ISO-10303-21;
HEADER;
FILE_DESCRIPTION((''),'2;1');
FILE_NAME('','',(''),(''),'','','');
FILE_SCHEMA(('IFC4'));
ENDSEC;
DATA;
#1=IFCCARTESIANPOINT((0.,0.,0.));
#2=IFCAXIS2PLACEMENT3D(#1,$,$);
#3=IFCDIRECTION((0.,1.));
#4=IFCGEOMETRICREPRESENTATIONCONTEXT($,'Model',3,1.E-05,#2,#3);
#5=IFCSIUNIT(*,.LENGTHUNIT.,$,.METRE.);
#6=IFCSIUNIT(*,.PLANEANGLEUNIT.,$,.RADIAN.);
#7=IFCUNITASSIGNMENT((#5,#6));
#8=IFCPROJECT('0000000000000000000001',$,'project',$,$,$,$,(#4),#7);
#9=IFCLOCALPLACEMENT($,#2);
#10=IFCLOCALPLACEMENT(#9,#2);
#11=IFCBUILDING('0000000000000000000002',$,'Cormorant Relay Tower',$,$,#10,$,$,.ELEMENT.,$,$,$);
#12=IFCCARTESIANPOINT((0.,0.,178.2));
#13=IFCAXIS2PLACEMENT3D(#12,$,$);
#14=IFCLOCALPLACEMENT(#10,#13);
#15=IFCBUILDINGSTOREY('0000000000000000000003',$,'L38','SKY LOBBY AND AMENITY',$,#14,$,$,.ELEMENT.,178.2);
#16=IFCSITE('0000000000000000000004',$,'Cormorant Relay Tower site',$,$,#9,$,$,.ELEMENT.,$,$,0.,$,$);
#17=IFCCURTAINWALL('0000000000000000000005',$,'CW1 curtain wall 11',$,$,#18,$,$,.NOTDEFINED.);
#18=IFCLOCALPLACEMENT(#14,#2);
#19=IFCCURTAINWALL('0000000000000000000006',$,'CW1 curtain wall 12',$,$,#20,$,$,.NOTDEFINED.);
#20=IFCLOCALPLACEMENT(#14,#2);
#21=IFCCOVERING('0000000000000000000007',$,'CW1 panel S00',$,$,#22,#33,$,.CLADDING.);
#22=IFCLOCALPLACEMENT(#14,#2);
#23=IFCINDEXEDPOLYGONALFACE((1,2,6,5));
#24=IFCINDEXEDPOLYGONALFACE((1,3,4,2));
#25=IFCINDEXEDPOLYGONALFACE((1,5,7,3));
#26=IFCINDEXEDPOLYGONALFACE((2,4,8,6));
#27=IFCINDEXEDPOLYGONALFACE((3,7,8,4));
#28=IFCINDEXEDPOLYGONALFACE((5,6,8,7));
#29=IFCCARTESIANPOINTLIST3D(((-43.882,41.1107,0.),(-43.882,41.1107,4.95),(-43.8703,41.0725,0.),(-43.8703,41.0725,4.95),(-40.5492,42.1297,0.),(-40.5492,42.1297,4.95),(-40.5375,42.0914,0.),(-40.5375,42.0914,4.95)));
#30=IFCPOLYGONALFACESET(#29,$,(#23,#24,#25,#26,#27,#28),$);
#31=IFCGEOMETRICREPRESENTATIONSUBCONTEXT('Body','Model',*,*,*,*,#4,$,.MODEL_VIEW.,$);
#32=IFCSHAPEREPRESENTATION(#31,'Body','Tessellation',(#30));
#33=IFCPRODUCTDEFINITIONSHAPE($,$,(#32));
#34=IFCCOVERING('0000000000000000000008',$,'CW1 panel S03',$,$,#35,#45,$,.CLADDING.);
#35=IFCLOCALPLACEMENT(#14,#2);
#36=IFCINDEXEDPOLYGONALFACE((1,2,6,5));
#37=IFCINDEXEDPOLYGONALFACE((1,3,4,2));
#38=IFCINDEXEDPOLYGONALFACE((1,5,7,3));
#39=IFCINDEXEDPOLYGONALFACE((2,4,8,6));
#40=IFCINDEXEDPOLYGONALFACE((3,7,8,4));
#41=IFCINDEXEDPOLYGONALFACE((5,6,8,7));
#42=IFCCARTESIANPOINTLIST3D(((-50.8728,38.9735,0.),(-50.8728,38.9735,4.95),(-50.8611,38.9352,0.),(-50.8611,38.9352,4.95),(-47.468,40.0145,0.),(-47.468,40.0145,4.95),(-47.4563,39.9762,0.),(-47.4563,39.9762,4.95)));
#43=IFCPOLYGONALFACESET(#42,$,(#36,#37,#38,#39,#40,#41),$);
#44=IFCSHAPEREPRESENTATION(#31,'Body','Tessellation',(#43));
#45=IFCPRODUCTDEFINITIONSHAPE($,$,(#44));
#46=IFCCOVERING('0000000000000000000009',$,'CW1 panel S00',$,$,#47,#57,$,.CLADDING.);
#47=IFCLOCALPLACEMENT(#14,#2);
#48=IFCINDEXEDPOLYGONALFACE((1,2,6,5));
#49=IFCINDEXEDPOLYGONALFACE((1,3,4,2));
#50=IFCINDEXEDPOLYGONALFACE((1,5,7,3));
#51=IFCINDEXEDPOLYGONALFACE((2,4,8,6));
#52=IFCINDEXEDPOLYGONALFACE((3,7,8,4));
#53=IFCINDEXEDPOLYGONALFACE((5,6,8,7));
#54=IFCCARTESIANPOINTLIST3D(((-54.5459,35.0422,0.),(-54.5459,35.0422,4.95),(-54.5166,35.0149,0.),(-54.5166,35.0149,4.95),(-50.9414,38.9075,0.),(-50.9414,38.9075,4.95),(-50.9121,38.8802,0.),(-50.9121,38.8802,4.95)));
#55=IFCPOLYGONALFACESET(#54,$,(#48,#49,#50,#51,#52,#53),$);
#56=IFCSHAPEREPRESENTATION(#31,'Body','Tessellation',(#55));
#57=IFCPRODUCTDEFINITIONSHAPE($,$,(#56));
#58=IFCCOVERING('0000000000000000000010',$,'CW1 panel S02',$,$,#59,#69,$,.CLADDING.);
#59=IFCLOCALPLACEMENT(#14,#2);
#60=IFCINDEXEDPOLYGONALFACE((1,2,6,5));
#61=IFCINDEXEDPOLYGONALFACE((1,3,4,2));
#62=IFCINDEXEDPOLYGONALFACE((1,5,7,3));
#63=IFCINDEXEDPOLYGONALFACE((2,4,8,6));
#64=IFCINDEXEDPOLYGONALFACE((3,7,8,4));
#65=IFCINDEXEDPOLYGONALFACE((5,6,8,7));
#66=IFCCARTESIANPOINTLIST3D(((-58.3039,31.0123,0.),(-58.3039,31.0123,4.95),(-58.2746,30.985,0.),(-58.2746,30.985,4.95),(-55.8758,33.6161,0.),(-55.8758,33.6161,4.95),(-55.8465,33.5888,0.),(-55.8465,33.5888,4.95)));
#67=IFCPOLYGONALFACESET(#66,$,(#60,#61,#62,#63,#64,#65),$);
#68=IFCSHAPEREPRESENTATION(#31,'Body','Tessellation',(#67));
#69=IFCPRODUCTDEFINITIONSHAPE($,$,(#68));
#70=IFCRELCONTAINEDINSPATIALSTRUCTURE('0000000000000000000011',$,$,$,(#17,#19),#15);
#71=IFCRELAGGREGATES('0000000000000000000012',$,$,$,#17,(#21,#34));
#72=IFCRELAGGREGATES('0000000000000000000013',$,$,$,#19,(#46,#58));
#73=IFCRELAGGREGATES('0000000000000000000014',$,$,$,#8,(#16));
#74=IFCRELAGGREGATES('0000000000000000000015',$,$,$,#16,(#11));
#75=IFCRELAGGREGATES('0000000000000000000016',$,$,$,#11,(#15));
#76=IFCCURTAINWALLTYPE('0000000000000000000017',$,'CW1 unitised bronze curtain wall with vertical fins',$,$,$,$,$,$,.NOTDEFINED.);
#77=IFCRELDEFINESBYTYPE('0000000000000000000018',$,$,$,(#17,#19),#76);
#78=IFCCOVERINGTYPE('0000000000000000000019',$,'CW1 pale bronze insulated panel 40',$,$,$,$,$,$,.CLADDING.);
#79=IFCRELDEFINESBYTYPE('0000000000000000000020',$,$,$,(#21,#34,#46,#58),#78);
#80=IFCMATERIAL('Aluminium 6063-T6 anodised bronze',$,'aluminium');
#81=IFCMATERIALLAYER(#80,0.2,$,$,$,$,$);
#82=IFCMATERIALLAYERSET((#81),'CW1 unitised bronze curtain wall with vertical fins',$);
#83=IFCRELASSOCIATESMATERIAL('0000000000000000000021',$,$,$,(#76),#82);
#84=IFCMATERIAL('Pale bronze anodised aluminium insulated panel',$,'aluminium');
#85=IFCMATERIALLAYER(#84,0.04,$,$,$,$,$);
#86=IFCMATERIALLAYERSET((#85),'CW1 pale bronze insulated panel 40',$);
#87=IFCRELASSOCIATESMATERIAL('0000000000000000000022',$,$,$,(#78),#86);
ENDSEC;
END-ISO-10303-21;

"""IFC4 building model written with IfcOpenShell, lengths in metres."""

from ifc_helpers import new_model, si_unit, direction, frame, origin, origin_2d, place, context, subcontext, project, spatial, rectangle, extrude, material, layer, layer_set, type_object, element, aggregate, save


model = new_model("IFC4")

# Units and contexts
model_context = context("Model", 3, precision=1e-05, world=origin(), true_north=direction((0.0, 1.0)))
body_context = subcontext(model_context, "Body", "Model", "MODEL_VIEW")
ifc_project = project(units=[si_unit("LENGTHUNIT", "METRE"), si_unit("PLANEANGLEUNIT", "RADIAN")], contexts=[model_context])

# Site, building, storey
site_placement = place(None, origin())
site = spatial("IfcSite", under=ifc_project, at=site_placement, Name="Cormorant Relay Tower site", CompositionType="ELEMENT", RefElevation=0.0)
building_placement = place(site_placement, origin())
building = spatial("IfcBuilding", under=site, at=building_placement, Name="Cormorant Relay Tower", CompositionType="ELEMENT")
storey_placement = place(building_placement, frame((0.0, 0.0, 178.2)))
storey = spatial("IfcBuildingStorey", under=building, at=storey_placement, Name="L38", Description="SKY LOBBY AND AMENITY", CompositionType="ELEMENT", Elevation=178.2)

# Curtain walls
ifc_material_1 = material(Name="Aluminium 6063-T6 anodised bronze", Category="aluminium")
ifc_layer_1 = layer(ifc_material_1, 0.2)
ifc_layer_set_1 = layer_set([ifc_layer_1], Name="CW1 unitised bronze curtain wall with vertical fins")
curtain_wall_type = type_object("IfcCurtainWallType", Name="CW1 unitised bronze curtain wall with vertical fins", PredefinedType="NOTDEFINED", material=ifc_layer_set_1)
curtain_wall_1_placement = place(storey_placement, origin())
curtain_wall_1 = element("IfcCurtainWall", 1, at=curtain_wall_1_placement, inside=storey, type_object=curtain_wall_type, Name="CW1 curtain wall 11", PredefinedType="NOTDEFINED")
curtain_wall_2_placement = place(storey_placement, origin())
curtain_wall_2 = element("IfcCurtainWall", 2, at=curtain_wall_2_placement, inside=storey, type_object=curtain_wall_type, Name="CW1 curtain wall 12", PredefinedType="NOTDEFINED")

# Shared definitions
ifc_material_2 = material(Name="Pale bronze anodised aluminium insulated panel", Category="aluminium")
ifc_layer_2 = layer(ifc_material_2, 0.04)
ifc_layer_set_2 = layer_set([ifc_layer_2], Name="CW1 pale bronze insulated panel 40")
covering_type = type_object("IfcCoveringType", Name="CW1 pale bronze insulated panel 40", PredefinedType="CLADDING", material=ifc_layer_set_2)

# Coverings
covering_1_placement = place(storey_placement, frame((-42.2097, 41.6011, 0.0), z_axis=(0.0, 0.0, 1.0), x_axis=(-0.956305, -0.292372, 0.0)))
covering_1 = element("IfcCovering", 3, at=covering_1_placement, type_object=covering_type, Name="CW1 panel S00", PredefinedType="CLADDING", context=body_context, shape_type="SweptSolid", body=[
    extrude(rectangle(XDim=3.4851, YDim=0.04, at=origin_2d()), origin(), (0.0, 0.0, 1.0), 4.95),
])
covering_2_placement = place(storey_placement, frame((-49.1646, 39.4749, 0.0), z_axis=(0.0, 0.0, 1.0), x_axis=(-0.956305, -0.292372, 0.0)))
covering_2 = element("IfcCovering", 4, at=covering_2_placement, type_object=covering_type, Name="CW1 panel S03", PredefinedType="CLADDING", context=body_context, shape_type="SweptSolid", body=[
    extrude(rectangle(XDim=3.5603, YDim=0.04, at=origin_2d()), origin(), (0.0, 0.0, 1.0), 4.95),
])
aggregate(curtain_wall_1, [covering_1, covering_2])
covering_3_placement = place(storey_placement, frame((-52.729, 36.9612, 0.0), z_axis=(0.0, 0.0, 1.0), x_axis=(-0.681998, -0.731354, 0.0)))
covering_3 = element("IfcCovering", 5, at=covering_3_placement, type_object=covering_type, Name="CW1 panel S00", PredefinedType="CLADDING", context=body_context, shape_type="SweptSolid", body=[
    extrude(rectangle(XDim=5.2852, YDim=0.04, at=origin_2d()), origin(), (0.0, 0.0, 1.0), 4.95),
])
covering_4_placement = place(storey_placement, frame((-57.0752, 32.3005, 0.0), z_axis=(0.0, 0.0, 1.0), x_axis=(-0.681998, -0.731354, 0.0)))
covering_4 = element("IfcCovering", 6, at=covering_4_placement, type_object=covering_type, Name="CW1 panel S02", PredefinedType="CLADDING", context=body_context, shape_type="SweptSolid", body=[
    extrude(rectangle(XDim=3.5603, YDim=0.04, at=origin_2d()), origin(), (0.0, 0.0, 1.0), 4.95),
])
aggregate(curtain_wall_2, [covering_3, covering_4])

save(model, "model.ifc")
